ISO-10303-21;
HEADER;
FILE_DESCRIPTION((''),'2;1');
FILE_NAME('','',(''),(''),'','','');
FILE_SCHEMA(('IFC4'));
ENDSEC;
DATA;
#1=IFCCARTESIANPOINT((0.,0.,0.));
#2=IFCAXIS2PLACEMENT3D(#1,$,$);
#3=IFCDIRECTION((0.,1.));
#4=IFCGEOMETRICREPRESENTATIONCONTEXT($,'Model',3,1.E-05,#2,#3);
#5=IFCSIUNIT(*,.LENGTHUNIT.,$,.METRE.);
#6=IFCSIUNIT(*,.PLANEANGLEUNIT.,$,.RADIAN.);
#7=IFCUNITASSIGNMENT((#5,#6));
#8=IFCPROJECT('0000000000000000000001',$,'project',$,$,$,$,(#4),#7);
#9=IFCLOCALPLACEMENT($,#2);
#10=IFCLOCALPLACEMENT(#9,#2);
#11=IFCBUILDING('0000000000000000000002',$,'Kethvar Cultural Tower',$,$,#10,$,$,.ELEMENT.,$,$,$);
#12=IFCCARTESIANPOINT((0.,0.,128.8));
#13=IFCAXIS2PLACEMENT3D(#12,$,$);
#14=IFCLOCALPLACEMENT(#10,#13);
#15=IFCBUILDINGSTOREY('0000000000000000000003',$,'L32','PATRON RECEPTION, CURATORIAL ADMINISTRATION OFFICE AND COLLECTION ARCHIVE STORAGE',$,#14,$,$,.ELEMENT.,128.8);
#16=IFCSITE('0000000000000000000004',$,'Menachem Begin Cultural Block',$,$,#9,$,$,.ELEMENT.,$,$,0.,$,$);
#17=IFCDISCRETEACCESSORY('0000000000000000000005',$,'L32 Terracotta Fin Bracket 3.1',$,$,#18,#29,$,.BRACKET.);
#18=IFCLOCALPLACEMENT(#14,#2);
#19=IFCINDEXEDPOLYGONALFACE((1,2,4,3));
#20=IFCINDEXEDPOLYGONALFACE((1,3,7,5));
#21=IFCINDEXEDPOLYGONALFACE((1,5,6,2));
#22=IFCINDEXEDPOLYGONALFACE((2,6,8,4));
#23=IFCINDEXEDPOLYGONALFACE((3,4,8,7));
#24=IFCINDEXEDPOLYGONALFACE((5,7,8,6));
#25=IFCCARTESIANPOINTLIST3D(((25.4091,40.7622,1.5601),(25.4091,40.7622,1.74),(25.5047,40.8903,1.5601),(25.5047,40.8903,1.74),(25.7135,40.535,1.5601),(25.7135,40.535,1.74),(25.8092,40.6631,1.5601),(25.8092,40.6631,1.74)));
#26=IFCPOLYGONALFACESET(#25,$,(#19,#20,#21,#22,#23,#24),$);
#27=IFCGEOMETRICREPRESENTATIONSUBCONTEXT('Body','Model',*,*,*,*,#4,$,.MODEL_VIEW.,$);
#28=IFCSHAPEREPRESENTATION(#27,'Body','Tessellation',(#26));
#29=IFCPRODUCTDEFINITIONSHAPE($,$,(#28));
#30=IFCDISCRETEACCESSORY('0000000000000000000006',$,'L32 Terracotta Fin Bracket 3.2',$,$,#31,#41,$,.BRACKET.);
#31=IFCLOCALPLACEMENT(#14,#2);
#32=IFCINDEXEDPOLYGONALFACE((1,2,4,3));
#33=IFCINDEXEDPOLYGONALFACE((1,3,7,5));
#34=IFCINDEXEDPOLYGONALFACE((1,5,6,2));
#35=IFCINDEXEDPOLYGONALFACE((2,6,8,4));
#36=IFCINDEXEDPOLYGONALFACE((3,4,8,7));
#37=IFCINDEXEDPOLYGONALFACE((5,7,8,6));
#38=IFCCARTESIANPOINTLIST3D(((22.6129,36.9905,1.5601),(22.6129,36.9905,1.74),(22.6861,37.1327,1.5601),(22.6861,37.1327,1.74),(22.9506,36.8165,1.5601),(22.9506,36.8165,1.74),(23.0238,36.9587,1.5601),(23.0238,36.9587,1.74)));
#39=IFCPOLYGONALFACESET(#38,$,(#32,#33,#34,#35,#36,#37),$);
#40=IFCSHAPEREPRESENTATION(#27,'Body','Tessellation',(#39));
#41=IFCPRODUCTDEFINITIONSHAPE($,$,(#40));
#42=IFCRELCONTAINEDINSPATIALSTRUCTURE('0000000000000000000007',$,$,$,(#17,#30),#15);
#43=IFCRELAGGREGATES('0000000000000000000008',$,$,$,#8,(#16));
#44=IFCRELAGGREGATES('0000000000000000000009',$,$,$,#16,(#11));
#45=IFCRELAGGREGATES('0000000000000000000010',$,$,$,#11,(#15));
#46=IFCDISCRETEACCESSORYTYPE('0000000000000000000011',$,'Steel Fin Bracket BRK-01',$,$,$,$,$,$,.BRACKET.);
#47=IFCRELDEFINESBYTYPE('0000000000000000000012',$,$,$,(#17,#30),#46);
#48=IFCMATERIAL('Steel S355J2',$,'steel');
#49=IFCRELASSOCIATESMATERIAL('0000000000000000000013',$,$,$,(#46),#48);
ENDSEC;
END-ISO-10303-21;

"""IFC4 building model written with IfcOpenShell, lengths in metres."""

from ifc_helpers import new_model, si_unit, direction, frame, origin, origin_2d, place, context, subcontext, project, spatial, rectangle, extrude, source, transform, mapped, material, type_object, element, save


model = new_model("IFC4")

# Units and contexts
model_context = context("Model", 3, precision=1e-05, world=origin(), true_north=direction((0.0, 1.0)))
body_context = subcontext(model_context, "Body", "Model", "MODEL_VIEW")
ifc_project = project(units=[si_unit("LENGTHUNIT", "METRE"), si_unit("PLANEANGLEUNIT", "RADIAN")], contexts=[model_context])

# Site, building, storey
site_placement = place(None, origin())
site = spatial("IfcSite", under=ifc_project, at=site_placement, Name="Menachem Begin Cultural Block", CompositionType="ELEMENT", RefElevation=0.0)
building_placement = place(site_placement, origin())
building = spatial("IfcBuilding", under=site, at=building_placement, Name="Kethvar Cultural Tower", CompositionType="ELEMENT")
storey_placement = place(building_placement, frame((0.0, 0.0, 128.8)))
storey = spatial("IfcBuildingStorey", under=building, at=storey_placement, Name="L32", Description="PATRON RECEPTION, CURATORIAL ADMINISTRATION OFFICE AND COLLECTION ARCHIVE STORAGE", CompositionType="ELEMENT", Elevation=128.8)

# Shared definitions
ifc_material_1 = material(Name="Steel S355J2", Category="steel")

# Discrete accessories
discrete_accessory_type = type_object("IfcDiscreteAccessoryType", Name="Steel Fin Bracket BRK-01", PredefinedType="BRACKET", material=ifc_material_1)
shared_shape_1 = source(origin(), body_context, "Body", "SweptSolid", [
    extrude(rectangle(XDim=0.3799, YDim=0.1599, at=origin_2d()), origin(), (0.0, 0.0, 1.0), 0.1799),
])
for number, where, z_axis, x_axis, name in (
    (1, (25.6091, 40.7126, 1.5601), (0.0, 0.0, 1.0), (-0.801358, 0.598185, 0.0), "L32 Terracotta Fin Bracket 3.1"),
    (2, (22.8184, 36.9746, 1.5601), (0.0, 0.0, 1.0), (-0.888937, 0.458029, 0.0), "L32 Terracotta Fin Bracket 3.2"),
):
    element("IfcDiscreteAccessory", number, at=place(storey_placement, frame(where, z_axis=z_axis, x_axis=x_axis)), inside=storey, type_object=discrete_accessory_type, Name=name, PredefinedType="BRACKET", context=body_context, shape_type="MappedRepresentation", body=[
        mapped(shared_shape_1, transform((0.0, 0.0, 0.0), scale=1.0)),
    ])

save(model, "model.ifc")
